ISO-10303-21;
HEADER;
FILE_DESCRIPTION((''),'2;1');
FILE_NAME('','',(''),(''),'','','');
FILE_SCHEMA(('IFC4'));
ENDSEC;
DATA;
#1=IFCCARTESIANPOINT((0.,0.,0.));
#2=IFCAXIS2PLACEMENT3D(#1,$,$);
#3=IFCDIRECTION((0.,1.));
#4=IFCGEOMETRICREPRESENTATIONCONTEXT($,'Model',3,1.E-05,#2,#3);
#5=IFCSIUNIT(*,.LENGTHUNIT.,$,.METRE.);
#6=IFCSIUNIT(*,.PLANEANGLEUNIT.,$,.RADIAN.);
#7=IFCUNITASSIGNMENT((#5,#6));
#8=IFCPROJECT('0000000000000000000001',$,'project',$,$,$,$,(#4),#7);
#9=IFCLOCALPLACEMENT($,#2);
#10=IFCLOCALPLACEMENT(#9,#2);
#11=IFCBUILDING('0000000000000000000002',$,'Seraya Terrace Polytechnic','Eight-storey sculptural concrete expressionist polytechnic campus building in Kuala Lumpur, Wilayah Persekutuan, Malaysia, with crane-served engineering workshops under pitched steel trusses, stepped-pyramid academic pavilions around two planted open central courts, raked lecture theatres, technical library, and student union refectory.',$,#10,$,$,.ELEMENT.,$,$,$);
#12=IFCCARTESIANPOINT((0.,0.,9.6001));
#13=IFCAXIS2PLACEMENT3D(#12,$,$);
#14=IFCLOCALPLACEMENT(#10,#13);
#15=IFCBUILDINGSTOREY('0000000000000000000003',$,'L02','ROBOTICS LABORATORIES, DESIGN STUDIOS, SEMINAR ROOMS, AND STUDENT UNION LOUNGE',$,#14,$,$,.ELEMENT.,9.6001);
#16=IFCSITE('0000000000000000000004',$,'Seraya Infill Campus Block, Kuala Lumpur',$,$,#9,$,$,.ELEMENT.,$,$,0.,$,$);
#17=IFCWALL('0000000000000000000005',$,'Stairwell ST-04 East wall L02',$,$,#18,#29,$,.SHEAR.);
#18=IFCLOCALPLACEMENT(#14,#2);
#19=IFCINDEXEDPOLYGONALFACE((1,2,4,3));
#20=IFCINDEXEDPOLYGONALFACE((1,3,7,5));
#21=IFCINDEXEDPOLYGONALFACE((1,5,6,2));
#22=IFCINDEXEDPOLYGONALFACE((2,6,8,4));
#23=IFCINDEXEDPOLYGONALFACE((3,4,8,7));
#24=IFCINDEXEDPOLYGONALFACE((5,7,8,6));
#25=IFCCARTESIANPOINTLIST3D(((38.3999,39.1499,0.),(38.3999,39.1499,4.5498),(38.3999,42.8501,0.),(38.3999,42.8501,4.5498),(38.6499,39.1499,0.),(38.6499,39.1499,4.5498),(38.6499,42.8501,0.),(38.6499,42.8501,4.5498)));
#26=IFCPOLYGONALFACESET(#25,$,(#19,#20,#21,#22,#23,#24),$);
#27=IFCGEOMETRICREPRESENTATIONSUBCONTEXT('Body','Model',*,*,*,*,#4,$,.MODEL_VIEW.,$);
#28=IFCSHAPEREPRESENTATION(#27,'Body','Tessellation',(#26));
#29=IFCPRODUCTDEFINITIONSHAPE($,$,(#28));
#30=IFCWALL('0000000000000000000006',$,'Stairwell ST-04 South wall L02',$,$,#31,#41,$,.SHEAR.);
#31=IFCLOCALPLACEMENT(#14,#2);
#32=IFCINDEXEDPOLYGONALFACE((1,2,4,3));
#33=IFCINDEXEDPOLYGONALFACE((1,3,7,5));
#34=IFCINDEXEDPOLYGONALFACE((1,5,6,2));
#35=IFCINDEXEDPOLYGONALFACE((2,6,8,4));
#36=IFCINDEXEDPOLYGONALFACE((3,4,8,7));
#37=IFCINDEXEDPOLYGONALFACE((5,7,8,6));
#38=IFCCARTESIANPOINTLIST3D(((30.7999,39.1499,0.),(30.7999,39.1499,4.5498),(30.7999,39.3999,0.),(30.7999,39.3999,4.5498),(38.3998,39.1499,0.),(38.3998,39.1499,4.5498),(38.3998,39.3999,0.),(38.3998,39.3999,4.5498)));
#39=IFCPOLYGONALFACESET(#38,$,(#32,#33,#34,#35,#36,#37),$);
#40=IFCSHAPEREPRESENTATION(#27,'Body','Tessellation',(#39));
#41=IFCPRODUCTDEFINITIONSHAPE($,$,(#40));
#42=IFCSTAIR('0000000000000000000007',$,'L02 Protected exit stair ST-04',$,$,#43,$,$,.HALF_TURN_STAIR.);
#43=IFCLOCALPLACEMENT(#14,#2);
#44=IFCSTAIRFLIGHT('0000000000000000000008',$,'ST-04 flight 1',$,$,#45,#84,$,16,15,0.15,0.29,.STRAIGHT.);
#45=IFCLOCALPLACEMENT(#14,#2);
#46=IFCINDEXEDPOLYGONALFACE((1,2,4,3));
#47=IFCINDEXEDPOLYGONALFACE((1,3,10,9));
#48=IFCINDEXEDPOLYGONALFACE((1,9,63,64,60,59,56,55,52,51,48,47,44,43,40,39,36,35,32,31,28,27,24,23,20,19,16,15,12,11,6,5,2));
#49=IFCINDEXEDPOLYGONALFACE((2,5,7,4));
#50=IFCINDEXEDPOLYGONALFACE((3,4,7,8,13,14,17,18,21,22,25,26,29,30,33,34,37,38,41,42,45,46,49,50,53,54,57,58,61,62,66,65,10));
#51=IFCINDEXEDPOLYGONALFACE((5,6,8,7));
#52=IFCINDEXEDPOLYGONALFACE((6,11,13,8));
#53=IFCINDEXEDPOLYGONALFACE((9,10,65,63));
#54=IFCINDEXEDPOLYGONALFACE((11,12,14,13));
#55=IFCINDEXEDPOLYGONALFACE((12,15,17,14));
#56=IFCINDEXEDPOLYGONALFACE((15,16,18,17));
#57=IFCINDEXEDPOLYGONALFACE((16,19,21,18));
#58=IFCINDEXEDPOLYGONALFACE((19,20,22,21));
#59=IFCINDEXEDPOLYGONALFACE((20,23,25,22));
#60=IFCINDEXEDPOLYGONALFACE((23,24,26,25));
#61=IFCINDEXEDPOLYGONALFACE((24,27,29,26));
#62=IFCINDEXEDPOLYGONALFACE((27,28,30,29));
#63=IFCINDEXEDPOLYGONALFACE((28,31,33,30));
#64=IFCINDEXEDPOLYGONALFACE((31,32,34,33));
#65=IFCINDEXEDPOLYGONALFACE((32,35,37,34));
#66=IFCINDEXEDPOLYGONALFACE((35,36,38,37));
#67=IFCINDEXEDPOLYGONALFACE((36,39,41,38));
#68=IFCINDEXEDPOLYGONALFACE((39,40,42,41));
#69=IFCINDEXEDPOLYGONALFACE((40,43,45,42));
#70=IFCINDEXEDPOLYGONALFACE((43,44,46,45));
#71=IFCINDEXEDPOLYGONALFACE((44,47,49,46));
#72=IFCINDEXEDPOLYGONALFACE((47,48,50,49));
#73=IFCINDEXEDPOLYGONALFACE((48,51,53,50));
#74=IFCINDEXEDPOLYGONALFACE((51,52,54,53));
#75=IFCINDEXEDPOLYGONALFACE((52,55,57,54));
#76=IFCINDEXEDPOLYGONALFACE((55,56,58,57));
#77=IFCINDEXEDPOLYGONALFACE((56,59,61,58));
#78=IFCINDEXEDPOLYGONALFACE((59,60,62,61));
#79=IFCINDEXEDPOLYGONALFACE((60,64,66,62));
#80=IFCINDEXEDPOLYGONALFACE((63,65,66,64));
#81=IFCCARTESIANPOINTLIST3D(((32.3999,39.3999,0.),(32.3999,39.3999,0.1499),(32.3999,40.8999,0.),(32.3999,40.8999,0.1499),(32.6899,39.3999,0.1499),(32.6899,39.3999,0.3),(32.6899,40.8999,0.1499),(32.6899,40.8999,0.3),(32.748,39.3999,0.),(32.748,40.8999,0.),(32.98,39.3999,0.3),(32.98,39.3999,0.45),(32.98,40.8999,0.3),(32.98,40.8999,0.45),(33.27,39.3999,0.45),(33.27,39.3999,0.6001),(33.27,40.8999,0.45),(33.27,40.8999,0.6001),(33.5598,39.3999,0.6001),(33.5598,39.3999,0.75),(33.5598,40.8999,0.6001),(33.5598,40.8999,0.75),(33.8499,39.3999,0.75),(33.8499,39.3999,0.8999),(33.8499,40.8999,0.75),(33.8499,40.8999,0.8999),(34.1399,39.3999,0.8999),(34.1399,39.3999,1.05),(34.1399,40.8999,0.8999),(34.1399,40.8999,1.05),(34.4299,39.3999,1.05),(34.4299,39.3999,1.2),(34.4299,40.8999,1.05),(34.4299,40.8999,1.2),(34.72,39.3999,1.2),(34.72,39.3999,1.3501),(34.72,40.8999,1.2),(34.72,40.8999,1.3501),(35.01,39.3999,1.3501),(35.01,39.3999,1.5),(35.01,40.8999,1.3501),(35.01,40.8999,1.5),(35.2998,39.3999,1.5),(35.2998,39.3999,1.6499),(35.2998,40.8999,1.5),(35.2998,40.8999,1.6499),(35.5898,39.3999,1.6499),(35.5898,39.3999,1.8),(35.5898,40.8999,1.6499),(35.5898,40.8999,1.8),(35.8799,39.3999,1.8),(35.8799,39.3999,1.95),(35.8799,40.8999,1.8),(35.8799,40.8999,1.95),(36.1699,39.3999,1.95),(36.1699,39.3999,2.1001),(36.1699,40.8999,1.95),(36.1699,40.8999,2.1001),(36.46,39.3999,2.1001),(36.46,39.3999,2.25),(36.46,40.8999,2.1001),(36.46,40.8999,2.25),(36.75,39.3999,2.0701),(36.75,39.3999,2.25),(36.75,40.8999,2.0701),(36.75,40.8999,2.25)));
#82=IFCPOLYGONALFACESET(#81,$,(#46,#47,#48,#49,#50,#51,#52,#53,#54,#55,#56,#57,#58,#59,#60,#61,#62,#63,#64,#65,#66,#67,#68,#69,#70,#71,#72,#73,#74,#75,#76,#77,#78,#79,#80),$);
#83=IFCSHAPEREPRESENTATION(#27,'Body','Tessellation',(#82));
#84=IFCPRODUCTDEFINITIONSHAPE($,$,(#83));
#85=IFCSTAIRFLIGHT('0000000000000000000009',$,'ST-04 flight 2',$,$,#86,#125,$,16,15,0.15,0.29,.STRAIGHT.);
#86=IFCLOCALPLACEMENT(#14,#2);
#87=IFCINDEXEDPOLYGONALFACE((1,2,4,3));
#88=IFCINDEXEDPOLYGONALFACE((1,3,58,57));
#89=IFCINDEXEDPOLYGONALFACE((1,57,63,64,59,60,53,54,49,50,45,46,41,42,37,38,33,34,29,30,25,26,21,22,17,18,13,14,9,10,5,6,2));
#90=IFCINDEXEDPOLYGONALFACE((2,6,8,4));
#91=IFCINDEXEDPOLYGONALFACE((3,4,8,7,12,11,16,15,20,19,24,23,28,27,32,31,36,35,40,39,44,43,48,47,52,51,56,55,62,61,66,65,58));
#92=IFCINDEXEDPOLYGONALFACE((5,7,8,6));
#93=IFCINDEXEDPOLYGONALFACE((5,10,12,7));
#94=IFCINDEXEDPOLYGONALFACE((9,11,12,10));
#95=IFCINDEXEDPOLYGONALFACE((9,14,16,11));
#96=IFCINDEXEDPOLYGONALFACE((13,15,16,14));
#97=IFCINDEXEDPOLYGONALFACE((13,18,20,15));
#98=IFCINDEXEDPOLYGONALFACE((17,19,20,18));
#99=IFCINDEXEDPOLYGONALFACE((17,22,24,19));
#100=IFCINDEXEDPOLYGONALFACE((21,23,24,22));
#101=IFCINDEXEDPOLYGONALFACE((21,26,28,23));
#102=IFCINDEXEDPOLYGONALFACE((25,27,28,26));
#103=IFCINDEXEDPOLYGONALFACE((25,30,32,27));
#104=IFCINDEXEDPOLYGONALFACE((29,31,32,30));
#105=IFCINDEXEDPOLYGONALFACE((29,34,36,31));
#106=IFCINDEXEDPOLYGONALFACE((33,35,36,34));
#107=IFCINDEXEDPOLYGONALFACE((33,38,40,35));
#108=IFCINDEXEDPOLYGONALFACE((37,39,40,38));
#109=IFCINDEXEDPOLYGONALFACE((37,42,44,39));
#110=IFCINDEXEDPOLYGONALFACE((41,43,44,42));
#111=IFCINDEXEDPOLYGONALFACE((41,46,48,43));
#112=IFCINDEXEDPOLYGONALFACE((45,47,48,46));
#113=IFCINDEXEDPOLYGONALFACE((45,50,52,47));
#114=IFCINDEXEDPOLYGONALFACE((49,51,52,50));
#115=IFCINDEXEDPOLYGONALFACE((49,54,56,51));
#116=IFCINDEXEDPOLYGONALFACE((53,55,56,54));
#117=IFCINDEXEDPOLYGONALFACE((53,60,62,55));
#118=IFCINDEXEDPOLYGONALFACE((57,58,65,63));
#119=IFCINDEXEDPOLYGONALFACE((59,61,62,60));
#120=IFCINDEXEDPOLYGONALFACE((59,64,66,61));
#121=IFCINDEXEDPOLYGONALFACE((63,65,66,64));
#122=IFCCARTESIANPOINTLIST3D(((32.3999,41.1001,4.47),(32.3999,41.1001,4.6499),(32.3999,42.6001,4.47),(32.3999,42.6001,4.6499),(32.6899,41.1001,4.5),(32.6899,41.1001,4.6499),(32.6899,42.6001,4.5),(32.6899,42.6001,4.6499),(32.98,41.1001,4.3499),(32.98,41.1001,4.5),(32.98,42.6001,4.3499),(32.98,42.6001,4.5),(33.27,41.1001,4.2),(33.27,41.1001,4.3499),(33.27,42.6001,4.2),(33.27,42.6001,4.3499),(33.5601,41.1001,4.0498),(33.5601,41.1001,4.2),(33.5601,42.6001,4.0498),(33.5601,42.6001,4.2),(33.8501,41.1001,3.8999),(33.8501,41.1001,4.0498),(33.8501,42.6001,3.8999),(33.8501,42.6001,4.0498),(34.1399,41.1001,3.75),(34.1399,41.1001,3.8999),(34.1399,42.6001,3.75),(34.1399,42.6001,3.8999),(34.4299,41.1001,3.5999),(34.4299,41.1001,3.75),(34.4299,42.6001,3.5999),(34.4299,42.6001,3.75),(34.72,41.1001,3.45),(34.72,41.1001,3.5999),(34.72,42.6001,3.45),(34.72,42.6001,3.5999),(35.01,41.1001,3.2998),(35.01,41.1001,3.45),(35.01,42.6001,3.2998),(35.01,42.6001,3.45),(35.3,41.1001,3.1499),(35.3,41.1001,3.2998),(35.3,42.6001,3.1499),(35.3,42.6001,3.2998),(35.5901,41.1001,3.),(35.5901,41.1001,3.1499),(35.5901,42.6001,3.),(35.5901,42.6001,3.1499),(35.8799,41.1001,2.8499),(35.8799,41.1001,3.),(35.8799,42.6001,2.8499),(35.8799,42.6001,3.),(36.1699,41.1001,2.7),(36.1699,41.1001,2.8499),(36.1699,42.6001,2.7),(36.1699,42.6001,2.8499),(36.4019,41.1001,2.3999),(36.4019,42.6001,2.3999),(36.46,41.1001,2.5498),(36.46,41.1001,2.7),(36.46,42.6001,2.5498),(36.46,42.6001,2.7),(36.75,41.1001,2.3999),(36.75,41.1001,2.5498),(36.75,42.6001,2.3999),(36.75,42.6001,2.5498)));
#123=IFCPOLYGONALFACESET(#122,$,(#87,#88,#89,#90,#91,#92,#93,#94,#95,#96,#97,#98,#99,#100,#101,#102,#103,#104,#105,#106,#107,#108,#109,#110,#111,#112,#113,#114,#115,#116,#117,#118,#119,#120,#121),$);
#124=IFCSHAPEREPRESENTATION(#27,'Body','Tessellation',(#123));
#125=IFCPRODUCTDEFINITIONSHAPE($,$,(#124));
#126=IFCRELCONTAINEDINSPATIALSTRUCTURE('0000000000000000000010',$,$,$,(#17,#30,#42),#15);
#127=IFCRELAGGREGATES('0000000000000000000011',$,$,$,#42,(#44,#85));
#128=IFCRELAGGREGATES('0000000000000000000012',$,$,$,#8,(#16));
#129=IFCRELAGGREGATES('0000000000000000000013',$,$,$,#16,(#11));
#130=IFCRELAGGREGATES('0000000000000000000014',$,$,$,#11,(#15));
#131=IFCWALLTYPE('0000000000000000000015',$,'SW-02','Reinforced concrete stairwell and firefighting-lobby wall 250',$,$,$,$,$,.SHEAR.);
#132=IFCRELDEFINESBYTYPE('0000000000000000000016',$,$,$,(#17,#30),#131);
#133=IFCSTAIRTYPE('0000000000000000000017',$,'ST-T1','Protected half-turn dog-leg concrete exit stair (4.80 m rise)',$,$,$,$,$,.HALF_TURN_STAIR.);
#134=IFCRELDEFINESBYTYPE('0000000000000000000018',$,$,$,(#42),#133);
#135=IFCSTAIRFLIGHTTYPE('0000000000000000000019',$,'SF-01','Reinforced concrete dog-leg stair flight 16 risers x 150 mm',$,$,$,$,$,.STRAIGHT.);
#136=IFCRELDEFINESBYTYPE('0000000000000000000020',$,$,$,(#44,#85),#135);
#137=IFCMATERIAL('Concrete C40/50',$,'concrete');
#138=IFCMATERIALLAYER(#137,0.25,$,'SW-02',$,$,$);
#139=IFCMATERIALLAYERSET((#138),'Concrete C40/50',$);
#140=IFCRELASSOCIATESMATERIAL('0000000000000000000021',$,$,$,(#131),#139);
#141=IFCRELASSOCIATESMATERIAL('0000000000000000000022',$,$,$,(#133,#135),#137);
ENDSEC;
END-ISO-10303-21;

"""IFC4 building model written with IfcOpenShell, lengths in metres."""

from ifc_helpers import new_model, si_unit, direction, frame, frame_2d, origin, place, context, subcontext, project, spatial, polyline, rectangle, outline, extrude, material, layer, layer_set, type_object, element, aggregate, save


model = new_model("IFC4")

# Units and contexts
model_context = context("Model", 3, precision=1e-05, world=origin(), true_north=direction((0.0, 1.0)))
body_context = subcontext(model_context, "Body", "Model", "MODEL_VIEW")
ifc_project = project(units=[si_unit("LENGTHUNIT", "METRE"), si_unit("PLANEANGLEUNIT", "RADIAN")], contexts=[model_context])

# Site, building, storey
site_placement = place(None, origin())
site = spatial("IfcSite", under=ifc_project, at=site_placement, Name="Seraya Infill Campus Block, Kuala Lumpur", CompositionType="ELEMENT", RefElevation=0.0)
building_placement = place(site_placement, origin())
building = spatial("IfcBuilding", under=site, at=building_placement, Name="Seraya Terrace Polytechnic", Description="Eight-storey sculptural concrete expressionist polytechnic campus building in Kuala Lumpur, Wilayah Persekutuan, Malaysia, with crane-served engineering workshops under pitched steel trusses, stepped-pyramid academic pavilions around two planted open central courts, raked lecture theatres, technical library, and student union refectory.", CompositionType="ELEMENT")
storey_placement = place(building_placement, frame((0.0, 0.0, 9.6001)))
storey = spatial("IfcBuildingStorey", under=building, at=storey_placement, Name="L02", Description="ROBOTICS LABORATORIES, DESIGN STUDIOS, SEMINAR ROOMS, AND STUDENT UNION LOUNGE", CompositionType="ELEMENT", Elevation=9.6001)

# Shared definitions
ifc_material_1 = material(Name="Concrete C40/50", Category="concrete")

# Shared definitions
ifc_layer_1 = layer(ifc_material_1, 0.25, Name="SW-02")
ifc_layer_set_1 = layer_set([ifc_layer_1], Name="Concrete C40/50")
wall_type_1 = type_object("IfcWallType", Name="SW-02", Description="Reinforced concrete stairwell and firefighting-lobby wall 250", PredefinedType="SHEAR", material=ifc_layer_set_1)

# Walls
wall_1_placement = place(storey_placement, frame((38.5249, 39.1499, 0.0), z_axis=(0.0, 0.0, 1.0), x_axis=(0.0, 1.0, 0.0)))
element("IfcWall", 1, at=wall_1_placement, inside=storey, type_object=wall_type_1, Name="Stairwell ST-04 East wall L02", PredefinedType="SHEAR", context=body_context, shape_type="SweptSolid", body=[
    extrude(rectangle(XDim=3.7002, YDim=0.25, at=frame_2d((1.8501, 0.0))), origin(), (0.0, 0.0, 1.0), 4.5498),
])
wall_2_placement = place(storey_placement, frame((30.8, 39.2749, 0.0), z_axis=(0.0, 0.0, 1.0), x_axis=(1.0, 0.0, 0.0)))
element("IfcWall", 2, at=wall_2_placement, inside=storey, type_object=wall_type_1, Name="Stairwell ST-04 South wall L02", PredefinedType="SHEAR", context=body_context, shape_type="SweptSolid", body=[
    extrude(rectangle(XDim=7.5999, YDim=0.25, at=frame_2d((3.7998, 0.0))), origin(), (0.0, 0.0, 1.0), 4.5498),
])

# Stair, stair flights
stair_type = type_object("IfcStairType", Name="ST-T1", Description="Protected half-turn dog-leg concrete exit stair (4.80 m rise)", PredefinedType="HALF_TURN_STAIR", material=ifc_material_1)
stair_placement = place(storey_placement, origin())
stair = element("IfcStair", 3, at=stair_placement, inside=storey, type_object=stair_type, Name="L02 Protected exit stair ST-04", PredefinedType="HALF_TURN_STAIR")
stair_flight_type = type_object("IfcStairFlightType", Name="SF-01", Description="Reinforced concrete dog-leg stair flight 16 risers x 150 mm", PredefinedType="STRAIGHT", material=ifc_material_1)
stair_flight_1_placement = place(storey_placement, frame((32.3999, 40.1499, 0.0), z_axis=(0.0, 0.0, 1.0), x_axis=(1.0, 0.0, 0.0)))
stair_flight_1 = element("IfcStairFlight", 4, at=stair_flight_1_placement, type_object=stair_flight_type, Name="ST-04 flight 1", NumberOfRisers=16, NumberOfTreads=15, PredefinedType="STRAIGHT", RiserHeight=0.15, TreadLength=0.29, context=body_context, shape_type="SweptSolid", body=[
    extrude(outline(polyline([(0.0, 0.0), (0.0, 0.1499), (0.29, 0.1499), (0.29, 0.3), (0.5801, 0.3), (0.5801, 0.45), (0.8701, 0.45), (0.8701, 0.6001), (1.1599, 0.6001), (1.1599, 0.75), (1.45, 0.75), (1.45, 0.8999), (1.74, 0.8999), (1.74, 1.05), (2.03, 1.05), (2.03, 1.2), (2.3201, 1.2), (2.3201, 1.3501), (2.6101, 1.3501), (2.6101, 1.5), (2.8999, 1.5), (2.8999, 1.6499), (3.1899, 1.6499), (3.1899, 1.8), (3.48, 1.8), (3.48, 1.95), (3.77, 1.95), (3.77, 2.1001), (4.0601, 2.1001), (4.0601, 2.25), (4.3501, 2.25), (4.3501, 2.3999), (4.3501, 2.0701), (0.3481, 0.0), (0.0, 0.0)])), frame((0.0, 0.75, 0.0), z_axis=(0.0, -1.0, 0.0), x_axis=(1.0, 0.0, 0.0)), (0.0, 0.0, 1.0), 1.5),
])
stair_flight_2_placement = place(storey_placement, frame((36.75, 41.8501, 2.3999), z_axis=(0.0, 0.0, 1.0), x_axis=(-1.0, 0.0, 0.0)))
stair_flight_2 = element("IfcStairFlight", 5, at=stair_flight_2_placement, type_object=stair_flight_type, Name="ST-04 flight 2", NumberOfRisers=16, NumberOfTreads=15, PredefinedType="STRAIGHT", RiserHeight=0.15, TreadLength=0.29, context=body_context, shape_type="SweptSolid", body=[
    extrude(outline(polyline([(0.0, 0.0), (0.0, 0.1499), (0.29, 0.1499), (0.29, 0.3), (0.5801, 0.3), (0.5801, 0.45), (0.8701, 0.45), (0.8701, 0.6001), (1.1599, 0.6001), (1.1599, 0.75), (1.45, 0.75), (1.45, 0.8999), (1.74, 0.8999), (1.74, 1.05), (2.03, 1.05), (2.03, 1.2), (2.3201, 1.2), (2.3201, 1.3501), (2.6101, 1.3501), (2.6101, 1.5), (2.8999, 1.5), (2.8999, 1.6499), (3.1899, 1.6499), (3.1899, 1.8), (3.48, 1.8), (3.48, 1.95), (3.77, 1.95), (3.77, 2.1001), (4.0601, 2.1001), (4.0601, 2.25), (4.3501, 2.25), (4.3501, 2.3999), (4.3501, 2.0701), (0.3481, 0.0), (0.0, 0.0)])), frame((0.0, 0.75, 0.0), z_axis=(0.0, -1.0, 0.0), x_axis=(1.0, 0.0, 0.0)), (0.0, 0.0, 1.0), 1.5),
])
aggregate(stair, [stair_flight_1, stair_flight_2])

save(model, "model.ifc")
